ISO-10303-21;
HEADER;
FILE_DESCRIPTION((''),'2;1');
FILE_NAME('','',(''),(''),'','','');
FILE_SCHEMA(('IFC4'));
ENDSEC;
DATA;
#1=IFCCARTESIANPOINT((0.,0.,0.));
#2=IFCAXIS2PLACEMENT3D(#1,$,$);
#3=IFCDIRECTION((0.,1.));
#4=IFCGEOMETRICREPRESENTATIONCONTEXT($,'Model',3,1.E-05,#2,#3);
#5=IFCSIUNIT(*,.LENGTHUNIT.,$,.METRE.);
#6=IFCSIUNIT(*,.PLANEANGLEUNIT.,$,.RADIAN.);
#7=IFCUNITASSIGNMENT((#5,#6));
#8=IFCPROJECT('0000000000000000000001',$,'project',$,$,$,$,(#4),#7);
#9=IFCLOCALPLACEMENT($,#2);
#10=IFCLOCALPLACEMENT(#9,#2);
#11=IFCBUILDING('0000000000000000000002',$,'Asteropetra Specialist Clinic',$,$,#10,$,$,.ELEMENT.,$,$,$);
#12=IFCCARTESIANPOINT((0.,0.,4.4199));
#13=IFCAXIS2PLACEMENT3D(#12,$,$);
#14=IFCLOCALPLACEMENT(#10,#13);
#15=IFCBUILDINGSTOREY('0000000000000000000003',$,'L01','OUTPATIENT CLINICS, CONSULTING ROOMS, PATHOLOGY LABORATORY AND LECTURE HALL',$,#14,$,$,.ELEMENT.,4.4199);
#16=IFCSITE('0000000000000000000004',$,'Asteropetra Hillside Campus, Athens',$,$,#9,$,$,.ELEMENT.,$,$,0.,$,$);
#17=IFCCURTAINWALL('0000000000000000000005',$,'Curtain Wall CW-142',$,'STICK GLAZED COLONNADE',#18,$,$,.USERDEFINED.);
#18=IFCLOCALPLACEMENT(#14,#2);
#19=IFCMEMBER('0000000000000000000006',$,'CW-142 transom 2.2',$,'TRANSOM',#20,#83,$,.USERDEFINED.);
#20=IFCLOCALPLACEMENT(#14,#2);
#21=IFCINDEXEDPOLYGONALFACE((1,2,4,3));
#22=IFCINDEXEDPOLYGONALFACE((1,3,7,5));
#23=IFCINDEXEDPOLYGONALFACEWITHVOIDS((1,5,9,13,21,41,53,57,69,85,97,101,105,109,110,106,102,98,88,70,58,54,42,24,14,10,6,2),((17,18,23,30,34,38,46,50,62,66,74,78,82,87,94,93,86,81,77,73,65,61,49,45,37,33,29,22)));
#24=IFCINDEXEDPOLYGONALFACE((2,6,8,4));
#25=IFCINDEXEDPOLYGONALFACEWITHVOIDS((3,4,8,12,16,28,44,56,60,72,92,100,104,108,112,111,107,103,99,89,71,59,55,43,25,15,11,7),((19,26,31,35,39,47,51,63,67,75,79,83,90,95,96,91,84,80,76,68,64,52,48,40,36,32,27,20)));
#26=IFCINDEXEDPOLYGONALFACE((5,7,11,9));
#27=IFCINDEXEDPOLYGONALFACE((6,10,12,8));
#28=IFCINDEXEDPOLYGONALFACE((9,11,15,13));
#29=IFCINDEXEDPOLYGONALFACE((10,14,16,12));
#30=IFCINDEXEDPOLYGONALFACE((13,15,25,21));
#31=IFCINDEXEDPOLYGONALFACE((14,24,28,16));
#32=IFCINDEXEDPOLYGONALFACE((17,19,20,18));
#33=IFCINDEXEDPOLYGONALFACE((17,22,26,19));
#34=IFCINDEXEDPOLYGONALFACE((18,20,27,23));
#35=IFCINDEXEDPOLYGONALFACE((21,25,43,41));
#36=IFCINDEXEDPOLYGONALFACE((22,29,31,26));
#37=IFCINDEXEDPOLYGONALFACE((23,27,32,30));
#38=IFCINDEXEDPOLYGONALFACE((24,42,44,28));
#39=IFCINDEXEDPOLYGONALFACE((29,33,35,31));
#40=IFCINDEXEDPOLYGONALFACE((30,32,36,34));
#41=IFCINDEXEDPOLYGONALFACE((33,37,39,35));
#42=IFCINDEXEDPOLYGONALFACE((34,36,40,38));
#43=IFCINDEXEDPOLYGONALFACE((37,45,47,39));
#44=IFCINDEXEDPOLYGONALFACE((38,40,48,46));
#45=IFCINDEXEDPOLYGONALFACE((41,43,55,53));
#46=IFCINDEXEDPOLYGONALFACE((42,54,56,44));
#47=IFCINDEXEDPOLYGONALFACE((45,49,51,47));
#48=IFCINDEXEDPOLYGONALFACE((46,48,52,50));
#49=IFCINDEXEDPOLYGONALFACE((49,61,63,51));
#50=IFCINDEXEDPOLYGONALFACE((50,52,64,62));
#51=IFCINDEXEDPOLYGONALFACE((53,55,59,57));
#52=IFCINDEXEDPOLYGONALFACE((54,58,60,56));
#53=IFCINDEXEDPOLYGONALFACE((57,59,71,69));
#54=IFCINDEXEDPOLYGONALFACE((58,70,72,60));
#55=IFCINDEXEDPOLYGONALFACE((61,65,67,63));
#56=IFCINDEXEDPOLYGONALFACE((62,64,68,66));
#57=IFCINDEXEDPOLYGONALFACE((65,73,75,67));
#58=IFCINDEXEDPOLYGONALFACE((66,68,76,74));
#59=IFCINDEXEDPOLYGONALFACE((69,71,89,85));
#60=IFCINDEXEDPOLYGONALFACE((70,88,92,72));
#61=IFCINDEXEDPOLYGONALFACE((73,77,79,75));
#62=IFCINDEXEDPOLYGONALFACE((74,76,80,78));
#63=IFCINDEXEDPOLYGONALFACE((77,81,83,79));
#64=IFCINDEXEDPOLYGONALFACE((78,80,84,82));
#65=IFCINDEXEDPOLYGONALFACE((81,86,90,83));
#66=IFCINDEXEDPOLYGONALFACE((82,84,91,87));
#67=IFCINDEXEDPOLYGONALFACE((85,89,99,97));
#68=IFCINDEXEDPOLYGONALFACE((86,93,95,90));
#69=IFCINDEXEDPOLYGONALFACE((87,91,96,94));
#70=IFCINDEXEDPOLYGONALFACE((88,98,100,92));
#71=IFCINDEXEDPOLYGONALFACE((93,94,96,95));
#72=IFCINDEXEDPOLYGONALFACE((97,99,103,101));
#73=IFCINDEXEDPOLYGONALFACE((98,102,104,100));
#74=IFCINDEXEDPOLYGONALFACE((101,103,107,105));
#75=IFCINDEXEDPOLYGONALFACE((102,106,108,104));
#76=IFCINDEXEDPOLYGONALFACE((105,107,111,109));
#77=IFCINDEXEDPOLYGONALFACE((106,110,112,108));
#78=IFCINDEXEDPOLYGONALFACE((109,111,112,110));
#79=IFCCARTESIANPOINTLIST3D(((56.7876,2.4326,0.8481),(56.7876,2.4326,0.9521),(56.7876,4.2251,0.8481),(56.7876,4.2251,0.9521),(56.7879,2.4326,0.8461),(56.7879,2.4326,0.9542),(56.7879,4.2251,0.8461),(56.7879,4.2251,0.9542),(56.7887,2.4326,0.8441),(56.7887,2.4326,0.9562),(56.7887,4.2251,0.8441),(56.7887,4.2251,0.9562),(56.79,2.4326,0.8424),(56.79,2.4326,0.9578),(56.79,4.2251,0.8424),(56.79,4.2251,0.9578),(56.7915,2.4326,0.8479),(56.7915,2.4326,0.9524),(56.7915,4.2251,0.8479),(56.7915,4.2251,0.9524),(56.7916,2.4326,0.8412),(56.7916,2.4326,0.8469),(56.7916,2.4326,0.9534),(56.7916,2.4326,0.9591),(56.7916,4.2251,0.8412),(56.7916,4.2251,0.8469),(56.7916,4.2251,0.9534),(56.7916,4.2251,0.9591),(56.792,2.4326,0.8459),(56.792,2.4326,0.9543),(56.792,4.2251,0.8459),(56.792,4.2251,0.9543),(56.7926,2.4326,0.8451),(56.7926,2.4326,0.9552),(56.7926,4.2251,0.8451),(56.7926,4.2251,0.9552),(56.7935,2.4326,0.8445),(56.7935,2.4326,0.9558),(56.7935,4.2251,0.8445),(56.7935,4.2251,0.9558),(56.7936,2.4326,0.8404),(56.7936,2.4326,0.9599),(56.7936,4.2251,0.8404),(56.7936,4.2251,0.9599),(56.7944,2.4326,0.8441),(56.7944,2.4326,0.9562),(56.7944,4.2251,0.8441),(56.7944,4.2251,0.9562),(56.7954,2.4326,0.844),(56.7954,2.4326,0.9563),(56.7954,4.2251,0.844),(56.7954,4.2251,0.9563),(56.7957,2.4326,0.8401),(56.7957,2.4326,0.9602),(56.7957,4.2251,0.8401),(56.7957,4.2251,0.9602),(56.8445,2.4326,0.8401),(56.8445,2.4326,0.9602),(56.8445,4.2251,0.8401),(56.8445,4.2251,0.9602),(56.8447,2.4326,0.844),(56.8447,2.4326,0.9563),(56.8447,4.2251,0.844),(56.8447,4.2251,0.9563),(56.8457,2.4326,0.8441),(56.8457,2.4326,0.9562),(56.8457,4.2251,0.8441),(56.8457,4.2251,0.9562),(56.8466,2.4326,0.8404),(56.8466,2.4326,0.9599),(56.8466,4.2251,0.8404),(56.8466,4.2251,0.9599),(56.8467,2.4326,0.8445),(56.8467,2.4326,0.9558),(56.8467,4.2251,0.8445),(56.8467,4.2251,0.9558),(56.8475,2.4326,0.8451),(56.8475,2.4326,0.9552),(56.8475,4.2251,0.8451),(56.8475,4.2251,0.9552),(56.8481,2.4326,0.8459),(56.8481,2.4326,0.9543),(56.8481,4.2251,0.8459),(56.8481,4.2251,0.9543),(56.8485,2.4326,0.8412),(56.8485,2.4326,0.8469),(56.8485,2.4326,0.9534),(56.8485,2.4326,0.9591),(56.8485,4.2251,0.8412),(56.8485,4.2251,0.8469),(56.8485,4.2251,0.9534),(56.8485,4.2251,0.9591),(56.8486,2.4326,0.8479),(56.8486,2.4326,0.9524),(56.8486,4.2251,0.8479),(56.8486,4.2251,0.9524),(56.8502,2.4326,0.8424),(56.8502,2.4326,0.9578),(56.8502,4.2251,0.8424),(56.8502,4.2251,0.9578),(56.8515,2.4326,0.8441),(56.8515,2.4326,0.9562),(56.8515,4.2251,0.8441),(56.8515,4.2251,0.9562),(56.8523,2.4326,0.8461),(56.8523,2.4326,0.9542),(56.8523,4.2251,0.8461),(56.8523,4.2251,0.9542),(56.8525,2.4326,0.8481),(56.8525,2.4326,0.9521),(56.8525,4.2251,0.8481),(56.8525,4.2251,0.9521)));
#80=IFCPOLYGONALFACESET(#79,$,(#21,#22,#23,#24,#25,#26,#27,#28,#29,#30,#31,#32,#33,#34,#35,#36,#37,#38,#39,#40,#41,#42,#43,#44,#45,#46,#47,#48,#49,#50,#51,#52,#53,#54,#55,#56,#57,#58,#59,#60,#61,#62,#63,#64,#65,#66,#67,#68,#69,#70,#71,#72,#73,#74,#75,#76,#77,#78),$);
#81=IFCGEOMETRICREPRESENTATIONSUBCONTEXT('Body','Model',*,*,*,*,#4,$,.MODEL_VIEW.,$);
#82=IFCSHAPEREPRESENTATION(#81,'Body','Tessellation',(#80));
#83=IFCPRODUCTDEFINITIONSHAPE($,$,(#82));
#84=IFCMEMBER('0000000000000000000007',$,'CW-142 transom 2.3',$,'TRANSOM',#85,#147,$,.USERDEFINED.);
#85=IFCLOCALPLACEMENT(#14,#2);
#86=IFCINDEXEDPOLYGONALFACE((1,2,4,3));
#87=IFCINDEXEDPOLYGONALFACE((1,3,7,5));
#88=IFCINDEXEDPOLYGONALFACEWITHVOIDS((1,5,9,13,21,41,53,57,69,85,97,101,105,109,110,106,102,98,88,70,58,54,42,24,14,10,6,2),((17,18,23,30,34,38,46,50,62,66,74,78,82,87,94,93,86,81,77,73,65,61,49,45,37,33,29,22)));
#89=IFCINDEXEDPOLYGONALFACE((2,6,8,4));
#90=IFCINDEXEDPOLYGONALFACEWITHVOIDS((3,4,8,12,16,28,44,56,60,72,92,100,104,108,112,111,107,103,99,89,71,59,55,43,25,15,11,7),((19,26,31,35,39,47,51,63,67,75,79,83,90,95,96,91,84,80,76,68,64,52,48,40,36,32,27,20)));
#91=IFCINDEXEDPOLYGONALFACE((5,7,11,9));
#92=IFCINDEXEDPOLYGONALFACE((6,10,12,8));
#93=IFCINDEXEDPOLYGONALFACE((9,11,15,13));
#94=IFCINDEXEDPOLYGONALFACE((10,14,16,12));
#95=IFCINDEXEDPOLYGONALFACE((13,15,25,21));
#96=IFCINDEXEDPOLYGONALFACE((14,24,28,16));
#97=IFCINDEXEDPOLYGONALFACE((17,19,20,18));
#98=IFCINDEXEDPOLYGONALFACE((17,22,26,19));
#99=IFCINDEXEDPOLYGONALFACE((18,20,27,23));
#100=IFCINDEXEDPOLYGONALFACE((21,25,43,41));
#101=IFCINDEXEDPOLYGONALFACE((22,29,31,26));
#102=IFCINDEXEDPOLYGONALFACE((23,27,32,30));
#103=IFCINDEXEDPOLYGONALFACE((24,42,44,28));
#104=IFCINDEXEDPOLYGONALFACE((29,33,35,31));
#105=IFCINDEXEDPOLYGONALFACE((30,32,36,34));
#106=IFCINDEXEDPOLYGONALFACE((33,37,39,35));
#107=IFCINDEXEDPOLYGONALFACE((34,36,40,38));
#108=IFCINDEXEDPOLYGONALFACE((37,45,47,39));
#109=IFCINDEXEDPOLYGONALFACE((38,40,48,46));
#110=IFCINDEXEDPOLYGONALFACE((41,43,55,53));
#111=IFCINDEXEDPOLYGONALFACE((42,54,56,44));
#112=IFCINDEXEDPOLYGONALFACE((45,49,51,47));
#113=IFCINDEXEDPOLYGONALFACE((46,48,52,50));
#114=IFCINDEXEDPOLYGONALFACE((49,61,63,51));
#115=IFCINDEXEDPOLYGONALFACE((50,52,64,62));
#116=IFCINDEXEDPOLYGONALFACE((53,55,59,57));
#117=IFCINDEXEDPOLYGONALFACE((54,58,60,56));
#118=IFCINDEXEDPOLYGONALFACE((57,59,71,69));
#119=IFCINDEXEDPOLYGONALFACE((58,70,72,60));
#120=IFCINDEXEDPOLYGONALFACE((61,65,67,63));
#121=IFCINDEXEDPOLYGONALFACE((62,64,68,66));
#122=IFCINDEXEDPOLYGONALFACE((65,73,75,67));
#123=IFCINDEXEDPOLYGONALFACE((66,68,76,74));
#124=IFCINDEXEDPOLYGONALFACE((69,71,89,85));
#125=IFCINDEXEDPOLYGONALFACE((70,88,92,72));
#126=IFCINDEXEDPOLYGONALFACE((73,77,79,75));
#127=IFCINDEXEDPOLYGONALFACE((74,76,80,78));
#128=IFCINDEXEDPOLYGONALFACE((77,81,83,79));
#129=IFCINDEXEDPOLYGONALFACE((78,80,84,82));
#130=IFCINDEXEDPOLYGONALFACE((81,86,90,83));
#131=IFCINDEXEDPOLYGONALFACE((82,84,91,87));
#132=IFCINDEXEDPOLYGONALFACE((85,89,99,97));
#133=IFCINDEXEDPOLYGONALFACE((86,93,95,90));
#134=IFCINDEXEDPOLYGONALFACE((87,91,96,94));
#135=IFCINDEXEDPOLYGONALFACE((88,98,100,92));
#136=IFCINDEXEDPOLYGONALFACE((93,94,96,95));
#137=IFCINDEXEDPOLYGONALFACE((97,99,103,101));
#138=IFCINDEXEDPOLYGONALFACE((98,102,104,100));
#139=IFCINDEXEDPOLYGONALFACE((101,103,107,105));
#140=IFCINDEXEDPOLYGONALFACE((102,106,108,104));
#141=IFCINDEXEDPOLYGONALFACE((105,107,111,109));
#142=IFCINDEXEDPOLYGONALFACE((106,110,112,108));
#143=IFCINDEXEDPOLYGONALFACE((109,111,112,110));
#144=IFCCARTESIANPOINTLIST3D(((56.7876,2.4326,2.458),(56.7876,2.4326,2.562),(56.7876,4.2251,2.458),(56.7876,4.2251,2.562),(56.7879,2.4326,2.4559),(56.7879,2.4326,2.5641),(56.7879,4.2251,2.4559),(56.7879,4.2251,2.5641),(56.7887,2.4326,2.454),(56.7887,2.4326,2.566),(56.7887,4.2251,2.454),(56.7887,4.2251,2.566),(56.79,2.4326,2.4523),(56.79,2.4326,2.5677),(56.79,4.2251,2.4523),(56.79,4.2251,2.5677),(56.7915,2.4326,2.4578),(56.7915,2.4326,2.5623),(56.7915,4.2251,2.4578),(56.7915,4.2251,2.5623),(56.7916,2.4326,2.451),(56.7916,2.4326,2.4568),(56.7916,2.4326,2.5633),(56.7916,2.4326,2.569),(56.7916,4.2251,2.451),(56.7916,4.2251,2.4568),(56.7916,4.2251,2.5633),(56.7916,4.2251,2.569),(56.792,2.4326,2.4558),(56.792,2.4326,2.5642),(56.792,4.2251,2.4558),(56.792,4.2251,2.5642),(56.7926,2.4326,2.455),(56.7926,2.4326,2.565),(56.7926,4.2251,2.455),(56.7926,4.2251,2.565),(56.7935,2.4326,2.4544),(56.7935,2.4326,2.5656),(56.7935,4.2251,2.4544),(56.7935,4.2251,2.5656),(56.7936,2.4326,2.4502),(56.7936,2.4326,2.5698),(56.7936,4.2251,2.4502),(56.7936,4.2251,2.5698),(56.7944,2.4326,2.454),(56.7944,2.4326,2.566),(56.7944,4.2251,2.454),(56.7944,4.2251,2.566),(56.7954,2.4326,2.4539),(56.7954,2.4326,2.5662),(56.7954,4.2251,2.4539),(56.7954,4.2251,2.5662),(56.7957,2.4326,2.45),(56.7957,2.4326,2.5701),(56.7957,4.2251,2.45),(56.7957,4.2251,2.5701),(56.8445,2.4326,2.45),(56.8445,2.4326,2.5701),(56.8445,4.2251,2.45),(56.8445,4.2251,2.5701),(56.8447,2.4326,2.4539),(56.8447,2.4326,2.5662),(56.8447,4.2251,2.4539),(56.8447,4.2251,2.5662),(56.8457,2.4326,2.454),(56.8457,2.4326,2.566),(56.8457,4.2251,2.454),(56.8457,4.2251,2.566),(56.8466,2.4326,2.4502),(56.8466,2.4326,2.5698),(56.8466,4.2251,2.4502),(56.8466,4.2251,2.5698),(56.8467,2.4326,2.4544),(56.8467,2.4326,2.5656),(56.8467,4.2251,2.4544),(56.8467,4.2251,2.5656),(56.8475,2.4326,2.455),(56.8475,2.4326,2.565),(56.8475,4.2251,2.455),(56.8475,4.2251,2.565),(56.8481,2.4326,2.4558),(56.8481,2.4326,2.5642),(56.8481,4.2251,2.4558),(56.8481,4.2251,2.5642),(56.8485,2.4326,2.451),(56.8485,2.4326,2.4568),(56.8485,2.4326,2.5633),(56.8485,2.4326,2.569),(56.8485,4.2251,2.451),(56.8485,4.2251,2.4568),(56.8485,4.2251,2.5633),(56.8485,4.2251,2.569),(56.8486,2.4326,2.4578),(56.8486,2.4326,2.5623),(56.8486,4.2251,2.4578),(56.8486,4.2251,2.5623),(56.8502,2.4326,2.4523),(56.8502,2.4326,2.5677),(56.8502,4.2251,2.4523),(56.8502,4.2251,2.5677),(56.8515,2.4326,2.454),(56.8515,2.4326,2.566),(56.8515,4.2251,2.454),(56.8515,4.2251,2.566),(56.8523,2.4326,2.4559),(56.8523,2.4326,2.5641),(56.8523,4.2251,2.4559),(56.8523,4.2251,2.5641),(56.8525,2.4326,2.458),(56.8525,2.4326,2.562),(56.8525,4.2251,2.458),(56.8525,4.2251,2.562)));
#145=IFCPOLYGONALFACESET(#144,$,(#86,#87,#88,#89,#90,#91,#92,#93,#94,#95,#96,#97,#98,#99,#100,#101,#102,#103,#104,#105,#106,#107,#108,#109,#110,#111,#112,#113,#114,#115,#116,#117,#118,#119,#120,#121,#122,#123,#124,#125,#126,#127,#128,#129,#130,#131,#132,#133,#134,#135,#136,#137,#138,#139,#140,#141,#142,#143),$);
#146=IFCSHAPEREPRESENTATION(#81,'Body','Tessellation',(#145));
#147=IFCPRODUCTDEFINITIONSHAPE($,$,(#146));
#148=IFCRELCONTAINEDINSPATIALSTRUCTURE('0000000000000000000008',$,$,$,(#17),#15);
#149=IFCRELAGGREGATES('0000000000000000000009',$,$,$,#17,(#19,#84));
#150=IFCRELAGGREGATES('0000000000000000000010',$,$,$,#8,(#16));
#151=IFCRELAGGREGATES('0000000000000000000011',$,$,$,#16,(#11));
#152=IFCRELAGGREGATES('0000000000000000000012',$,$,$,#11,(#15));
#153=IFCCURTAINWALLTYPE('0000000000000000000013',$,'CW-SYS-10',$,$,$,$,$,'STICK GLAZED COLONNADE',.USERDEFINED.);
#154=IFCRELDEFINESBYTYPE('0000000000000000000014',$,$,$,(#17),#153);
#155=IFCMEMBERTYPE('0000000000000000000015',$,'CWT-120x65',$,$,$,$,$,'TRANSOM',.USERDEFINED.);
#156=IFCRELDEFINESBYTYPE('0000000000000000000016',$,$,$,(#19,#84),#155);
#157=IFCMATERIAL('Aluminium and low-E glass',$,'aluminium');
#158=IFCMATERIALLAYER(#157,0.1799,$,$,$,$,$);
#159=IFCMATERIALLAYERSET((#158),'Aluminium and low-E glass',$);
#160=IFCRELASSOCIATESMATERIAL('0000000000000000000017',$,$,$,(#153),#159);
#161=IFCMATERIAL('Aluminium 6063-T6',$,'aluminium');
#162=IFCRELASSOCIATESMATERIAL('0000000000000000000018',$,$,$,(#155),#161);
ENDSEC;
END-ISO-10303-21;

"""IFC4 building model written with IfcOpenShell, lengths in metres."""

from ifc_helpers import new_model, si_unit, direction, frame, origin, origin_2d, place, context, subcontext, project, spatial, hollow_rectangle, extrude, material, layer, layer_set, material_profile, profile_set, type_object, element, aggregate, save


model = new_model("IFC4")

# Units and contexts
model_context = context("Model", 3, precision=1e-05, world=origin(), true_north=direction((0.0, 1.0)))
body_context = subcontext(model_context, "Body", "Model", "MODEL_VIEW")
ifc_project = project(units=[si_unit("LENGTHUNIT", "METRE"), si_unit("PLANEANGLEUNIT", "RADIAN")], contexts=[model_context])

# Site, building, storey
site_placement = place(None, origin())
site = spatial("IfcSite", under=ifc_project, at=site_placement, Name="Asteropetra Hillside Campus, Athens", CompositionType="ELEMENT", RefElevation=0.0)
building_placement = place(site_placement, origin())
building = spatial("IfcBuilding", under=site, at=building_placement, Name="Asteropetra Specialist Clinic", CompositionType="ELEMENT")
storey_placement = place(building_placement, frame((0.0, 0.0, 4.4199)))
storey = spatial("IfcBuildingStorey", under=building, at=storey_placement, Name="L01", Description="OUTPATIENT CLINICS, CONSULTING ROOMS, PATHOLOGY LABORATORY AND LECTURE HALL", CompositionType="ELEMENT", Elevation=4.4199)

# Curtain wall
ifc_material_1 = material(Name="Aluminium and low-E glass", Category="aluminium")
ifc_layer_1 = layer(ifc_material_1, 0.1799)
ifc_layer_set_1 = layer_set([ifc_layer_1], Name="Aluminium and low-E glass")
curtain_wall_type = type_object("IfcCurtainWallType", Name="CW-SYS-10", ElementType="STICK GLAZED COLONNADE", PredefinedType="USERDEFINED", material=ifc_layer_set_1)
curtain_wall_1_placement = place(storey_placement, origin())
curtain_wall_1 = element("IfcCurtainWall", 1, at=curtain_wall_1_placement, inside=storey, type_object=curtain_wall_type, Name="Curtain Wall CW-142", ObjectType="STICK GLAZED COLONNADE", PredefinedType="USERDEFINED")

# Members
ifc_material_2 = material(Name="Aluminium 6063-T6", Category="aluminium")
ifc_material_profile_1 = material_profile(ifc_material_2, hollow_rectangle(XDim=0.0649, YDim=0.1201, WallThickness=0.0039, InnerFilletRadius=0.0039, OuterFilletRadius=0.0081, at=origin_2d()), Name="TRN 120x65x4.0")
ifc_profile_set_1 = profile_set([ifc_material_profile_1], Name="Aluminium 6063-T6")
member_type_1 = type_object("IfcMemberType", Name="CWT-120x65", ElementType="TRANSOM", PredefinedType="USERDEFINED", material=ifc_profile_set_1)
member_1_placement = place(storey_placement, frame((56.8201, 2.4326, 0.9001), z_axis=(0.0, 1.0, 0.0), x_axis=(-1.0, 0.0, 0.0)))
member_1 = element("IfcMember", 2, at=member_1_placement, type_object=member_type_1, Name="CW-142 transom 2.2", ObjectType="TRANSOM", PredefinedType="USERDEFINED", context=body_context, shape_type="SweptSolid", body=[
    extrude(hollow_rectangle(XDim=0.0649, YDim=0.1201, WallThickness=0.0039, InnerFilletRadius=0.0039, OuterFilletRadius=0.0081, at=origin_2d()), origin(), (0.0, 0.0, 1.0), 1.7925),
])
member_2_placement = place(storey_placement, frame((56.8201, 2.4326, 2.51), z_axis=(0.0, 1.0, 0.0), x_axis=(-1.0, 0.0, 0.0)))
member_2 = element("IfcMember", 3, at=member_2_placement, type_object=member_type_1, Name="CW-142 transom 2.3", ObjectType="TRANSOM", PredefinedType="USERDEFINED", context=body_context, shape_type="SweptSolid", body=[
    extrude(hollow_rectangle(XDim=0.0649, YDim=0.1201, WallThickness=0.0039, InnerFilletRadius=0.0039, OuterFilletRadius=0.0081, at=origin_2d()), origin(), (0.0, 0.0, 1.0), 1.7925),
])

aggregate(curtain_wall_1, [member_1, member_2])

save(model, "model.ifc")
